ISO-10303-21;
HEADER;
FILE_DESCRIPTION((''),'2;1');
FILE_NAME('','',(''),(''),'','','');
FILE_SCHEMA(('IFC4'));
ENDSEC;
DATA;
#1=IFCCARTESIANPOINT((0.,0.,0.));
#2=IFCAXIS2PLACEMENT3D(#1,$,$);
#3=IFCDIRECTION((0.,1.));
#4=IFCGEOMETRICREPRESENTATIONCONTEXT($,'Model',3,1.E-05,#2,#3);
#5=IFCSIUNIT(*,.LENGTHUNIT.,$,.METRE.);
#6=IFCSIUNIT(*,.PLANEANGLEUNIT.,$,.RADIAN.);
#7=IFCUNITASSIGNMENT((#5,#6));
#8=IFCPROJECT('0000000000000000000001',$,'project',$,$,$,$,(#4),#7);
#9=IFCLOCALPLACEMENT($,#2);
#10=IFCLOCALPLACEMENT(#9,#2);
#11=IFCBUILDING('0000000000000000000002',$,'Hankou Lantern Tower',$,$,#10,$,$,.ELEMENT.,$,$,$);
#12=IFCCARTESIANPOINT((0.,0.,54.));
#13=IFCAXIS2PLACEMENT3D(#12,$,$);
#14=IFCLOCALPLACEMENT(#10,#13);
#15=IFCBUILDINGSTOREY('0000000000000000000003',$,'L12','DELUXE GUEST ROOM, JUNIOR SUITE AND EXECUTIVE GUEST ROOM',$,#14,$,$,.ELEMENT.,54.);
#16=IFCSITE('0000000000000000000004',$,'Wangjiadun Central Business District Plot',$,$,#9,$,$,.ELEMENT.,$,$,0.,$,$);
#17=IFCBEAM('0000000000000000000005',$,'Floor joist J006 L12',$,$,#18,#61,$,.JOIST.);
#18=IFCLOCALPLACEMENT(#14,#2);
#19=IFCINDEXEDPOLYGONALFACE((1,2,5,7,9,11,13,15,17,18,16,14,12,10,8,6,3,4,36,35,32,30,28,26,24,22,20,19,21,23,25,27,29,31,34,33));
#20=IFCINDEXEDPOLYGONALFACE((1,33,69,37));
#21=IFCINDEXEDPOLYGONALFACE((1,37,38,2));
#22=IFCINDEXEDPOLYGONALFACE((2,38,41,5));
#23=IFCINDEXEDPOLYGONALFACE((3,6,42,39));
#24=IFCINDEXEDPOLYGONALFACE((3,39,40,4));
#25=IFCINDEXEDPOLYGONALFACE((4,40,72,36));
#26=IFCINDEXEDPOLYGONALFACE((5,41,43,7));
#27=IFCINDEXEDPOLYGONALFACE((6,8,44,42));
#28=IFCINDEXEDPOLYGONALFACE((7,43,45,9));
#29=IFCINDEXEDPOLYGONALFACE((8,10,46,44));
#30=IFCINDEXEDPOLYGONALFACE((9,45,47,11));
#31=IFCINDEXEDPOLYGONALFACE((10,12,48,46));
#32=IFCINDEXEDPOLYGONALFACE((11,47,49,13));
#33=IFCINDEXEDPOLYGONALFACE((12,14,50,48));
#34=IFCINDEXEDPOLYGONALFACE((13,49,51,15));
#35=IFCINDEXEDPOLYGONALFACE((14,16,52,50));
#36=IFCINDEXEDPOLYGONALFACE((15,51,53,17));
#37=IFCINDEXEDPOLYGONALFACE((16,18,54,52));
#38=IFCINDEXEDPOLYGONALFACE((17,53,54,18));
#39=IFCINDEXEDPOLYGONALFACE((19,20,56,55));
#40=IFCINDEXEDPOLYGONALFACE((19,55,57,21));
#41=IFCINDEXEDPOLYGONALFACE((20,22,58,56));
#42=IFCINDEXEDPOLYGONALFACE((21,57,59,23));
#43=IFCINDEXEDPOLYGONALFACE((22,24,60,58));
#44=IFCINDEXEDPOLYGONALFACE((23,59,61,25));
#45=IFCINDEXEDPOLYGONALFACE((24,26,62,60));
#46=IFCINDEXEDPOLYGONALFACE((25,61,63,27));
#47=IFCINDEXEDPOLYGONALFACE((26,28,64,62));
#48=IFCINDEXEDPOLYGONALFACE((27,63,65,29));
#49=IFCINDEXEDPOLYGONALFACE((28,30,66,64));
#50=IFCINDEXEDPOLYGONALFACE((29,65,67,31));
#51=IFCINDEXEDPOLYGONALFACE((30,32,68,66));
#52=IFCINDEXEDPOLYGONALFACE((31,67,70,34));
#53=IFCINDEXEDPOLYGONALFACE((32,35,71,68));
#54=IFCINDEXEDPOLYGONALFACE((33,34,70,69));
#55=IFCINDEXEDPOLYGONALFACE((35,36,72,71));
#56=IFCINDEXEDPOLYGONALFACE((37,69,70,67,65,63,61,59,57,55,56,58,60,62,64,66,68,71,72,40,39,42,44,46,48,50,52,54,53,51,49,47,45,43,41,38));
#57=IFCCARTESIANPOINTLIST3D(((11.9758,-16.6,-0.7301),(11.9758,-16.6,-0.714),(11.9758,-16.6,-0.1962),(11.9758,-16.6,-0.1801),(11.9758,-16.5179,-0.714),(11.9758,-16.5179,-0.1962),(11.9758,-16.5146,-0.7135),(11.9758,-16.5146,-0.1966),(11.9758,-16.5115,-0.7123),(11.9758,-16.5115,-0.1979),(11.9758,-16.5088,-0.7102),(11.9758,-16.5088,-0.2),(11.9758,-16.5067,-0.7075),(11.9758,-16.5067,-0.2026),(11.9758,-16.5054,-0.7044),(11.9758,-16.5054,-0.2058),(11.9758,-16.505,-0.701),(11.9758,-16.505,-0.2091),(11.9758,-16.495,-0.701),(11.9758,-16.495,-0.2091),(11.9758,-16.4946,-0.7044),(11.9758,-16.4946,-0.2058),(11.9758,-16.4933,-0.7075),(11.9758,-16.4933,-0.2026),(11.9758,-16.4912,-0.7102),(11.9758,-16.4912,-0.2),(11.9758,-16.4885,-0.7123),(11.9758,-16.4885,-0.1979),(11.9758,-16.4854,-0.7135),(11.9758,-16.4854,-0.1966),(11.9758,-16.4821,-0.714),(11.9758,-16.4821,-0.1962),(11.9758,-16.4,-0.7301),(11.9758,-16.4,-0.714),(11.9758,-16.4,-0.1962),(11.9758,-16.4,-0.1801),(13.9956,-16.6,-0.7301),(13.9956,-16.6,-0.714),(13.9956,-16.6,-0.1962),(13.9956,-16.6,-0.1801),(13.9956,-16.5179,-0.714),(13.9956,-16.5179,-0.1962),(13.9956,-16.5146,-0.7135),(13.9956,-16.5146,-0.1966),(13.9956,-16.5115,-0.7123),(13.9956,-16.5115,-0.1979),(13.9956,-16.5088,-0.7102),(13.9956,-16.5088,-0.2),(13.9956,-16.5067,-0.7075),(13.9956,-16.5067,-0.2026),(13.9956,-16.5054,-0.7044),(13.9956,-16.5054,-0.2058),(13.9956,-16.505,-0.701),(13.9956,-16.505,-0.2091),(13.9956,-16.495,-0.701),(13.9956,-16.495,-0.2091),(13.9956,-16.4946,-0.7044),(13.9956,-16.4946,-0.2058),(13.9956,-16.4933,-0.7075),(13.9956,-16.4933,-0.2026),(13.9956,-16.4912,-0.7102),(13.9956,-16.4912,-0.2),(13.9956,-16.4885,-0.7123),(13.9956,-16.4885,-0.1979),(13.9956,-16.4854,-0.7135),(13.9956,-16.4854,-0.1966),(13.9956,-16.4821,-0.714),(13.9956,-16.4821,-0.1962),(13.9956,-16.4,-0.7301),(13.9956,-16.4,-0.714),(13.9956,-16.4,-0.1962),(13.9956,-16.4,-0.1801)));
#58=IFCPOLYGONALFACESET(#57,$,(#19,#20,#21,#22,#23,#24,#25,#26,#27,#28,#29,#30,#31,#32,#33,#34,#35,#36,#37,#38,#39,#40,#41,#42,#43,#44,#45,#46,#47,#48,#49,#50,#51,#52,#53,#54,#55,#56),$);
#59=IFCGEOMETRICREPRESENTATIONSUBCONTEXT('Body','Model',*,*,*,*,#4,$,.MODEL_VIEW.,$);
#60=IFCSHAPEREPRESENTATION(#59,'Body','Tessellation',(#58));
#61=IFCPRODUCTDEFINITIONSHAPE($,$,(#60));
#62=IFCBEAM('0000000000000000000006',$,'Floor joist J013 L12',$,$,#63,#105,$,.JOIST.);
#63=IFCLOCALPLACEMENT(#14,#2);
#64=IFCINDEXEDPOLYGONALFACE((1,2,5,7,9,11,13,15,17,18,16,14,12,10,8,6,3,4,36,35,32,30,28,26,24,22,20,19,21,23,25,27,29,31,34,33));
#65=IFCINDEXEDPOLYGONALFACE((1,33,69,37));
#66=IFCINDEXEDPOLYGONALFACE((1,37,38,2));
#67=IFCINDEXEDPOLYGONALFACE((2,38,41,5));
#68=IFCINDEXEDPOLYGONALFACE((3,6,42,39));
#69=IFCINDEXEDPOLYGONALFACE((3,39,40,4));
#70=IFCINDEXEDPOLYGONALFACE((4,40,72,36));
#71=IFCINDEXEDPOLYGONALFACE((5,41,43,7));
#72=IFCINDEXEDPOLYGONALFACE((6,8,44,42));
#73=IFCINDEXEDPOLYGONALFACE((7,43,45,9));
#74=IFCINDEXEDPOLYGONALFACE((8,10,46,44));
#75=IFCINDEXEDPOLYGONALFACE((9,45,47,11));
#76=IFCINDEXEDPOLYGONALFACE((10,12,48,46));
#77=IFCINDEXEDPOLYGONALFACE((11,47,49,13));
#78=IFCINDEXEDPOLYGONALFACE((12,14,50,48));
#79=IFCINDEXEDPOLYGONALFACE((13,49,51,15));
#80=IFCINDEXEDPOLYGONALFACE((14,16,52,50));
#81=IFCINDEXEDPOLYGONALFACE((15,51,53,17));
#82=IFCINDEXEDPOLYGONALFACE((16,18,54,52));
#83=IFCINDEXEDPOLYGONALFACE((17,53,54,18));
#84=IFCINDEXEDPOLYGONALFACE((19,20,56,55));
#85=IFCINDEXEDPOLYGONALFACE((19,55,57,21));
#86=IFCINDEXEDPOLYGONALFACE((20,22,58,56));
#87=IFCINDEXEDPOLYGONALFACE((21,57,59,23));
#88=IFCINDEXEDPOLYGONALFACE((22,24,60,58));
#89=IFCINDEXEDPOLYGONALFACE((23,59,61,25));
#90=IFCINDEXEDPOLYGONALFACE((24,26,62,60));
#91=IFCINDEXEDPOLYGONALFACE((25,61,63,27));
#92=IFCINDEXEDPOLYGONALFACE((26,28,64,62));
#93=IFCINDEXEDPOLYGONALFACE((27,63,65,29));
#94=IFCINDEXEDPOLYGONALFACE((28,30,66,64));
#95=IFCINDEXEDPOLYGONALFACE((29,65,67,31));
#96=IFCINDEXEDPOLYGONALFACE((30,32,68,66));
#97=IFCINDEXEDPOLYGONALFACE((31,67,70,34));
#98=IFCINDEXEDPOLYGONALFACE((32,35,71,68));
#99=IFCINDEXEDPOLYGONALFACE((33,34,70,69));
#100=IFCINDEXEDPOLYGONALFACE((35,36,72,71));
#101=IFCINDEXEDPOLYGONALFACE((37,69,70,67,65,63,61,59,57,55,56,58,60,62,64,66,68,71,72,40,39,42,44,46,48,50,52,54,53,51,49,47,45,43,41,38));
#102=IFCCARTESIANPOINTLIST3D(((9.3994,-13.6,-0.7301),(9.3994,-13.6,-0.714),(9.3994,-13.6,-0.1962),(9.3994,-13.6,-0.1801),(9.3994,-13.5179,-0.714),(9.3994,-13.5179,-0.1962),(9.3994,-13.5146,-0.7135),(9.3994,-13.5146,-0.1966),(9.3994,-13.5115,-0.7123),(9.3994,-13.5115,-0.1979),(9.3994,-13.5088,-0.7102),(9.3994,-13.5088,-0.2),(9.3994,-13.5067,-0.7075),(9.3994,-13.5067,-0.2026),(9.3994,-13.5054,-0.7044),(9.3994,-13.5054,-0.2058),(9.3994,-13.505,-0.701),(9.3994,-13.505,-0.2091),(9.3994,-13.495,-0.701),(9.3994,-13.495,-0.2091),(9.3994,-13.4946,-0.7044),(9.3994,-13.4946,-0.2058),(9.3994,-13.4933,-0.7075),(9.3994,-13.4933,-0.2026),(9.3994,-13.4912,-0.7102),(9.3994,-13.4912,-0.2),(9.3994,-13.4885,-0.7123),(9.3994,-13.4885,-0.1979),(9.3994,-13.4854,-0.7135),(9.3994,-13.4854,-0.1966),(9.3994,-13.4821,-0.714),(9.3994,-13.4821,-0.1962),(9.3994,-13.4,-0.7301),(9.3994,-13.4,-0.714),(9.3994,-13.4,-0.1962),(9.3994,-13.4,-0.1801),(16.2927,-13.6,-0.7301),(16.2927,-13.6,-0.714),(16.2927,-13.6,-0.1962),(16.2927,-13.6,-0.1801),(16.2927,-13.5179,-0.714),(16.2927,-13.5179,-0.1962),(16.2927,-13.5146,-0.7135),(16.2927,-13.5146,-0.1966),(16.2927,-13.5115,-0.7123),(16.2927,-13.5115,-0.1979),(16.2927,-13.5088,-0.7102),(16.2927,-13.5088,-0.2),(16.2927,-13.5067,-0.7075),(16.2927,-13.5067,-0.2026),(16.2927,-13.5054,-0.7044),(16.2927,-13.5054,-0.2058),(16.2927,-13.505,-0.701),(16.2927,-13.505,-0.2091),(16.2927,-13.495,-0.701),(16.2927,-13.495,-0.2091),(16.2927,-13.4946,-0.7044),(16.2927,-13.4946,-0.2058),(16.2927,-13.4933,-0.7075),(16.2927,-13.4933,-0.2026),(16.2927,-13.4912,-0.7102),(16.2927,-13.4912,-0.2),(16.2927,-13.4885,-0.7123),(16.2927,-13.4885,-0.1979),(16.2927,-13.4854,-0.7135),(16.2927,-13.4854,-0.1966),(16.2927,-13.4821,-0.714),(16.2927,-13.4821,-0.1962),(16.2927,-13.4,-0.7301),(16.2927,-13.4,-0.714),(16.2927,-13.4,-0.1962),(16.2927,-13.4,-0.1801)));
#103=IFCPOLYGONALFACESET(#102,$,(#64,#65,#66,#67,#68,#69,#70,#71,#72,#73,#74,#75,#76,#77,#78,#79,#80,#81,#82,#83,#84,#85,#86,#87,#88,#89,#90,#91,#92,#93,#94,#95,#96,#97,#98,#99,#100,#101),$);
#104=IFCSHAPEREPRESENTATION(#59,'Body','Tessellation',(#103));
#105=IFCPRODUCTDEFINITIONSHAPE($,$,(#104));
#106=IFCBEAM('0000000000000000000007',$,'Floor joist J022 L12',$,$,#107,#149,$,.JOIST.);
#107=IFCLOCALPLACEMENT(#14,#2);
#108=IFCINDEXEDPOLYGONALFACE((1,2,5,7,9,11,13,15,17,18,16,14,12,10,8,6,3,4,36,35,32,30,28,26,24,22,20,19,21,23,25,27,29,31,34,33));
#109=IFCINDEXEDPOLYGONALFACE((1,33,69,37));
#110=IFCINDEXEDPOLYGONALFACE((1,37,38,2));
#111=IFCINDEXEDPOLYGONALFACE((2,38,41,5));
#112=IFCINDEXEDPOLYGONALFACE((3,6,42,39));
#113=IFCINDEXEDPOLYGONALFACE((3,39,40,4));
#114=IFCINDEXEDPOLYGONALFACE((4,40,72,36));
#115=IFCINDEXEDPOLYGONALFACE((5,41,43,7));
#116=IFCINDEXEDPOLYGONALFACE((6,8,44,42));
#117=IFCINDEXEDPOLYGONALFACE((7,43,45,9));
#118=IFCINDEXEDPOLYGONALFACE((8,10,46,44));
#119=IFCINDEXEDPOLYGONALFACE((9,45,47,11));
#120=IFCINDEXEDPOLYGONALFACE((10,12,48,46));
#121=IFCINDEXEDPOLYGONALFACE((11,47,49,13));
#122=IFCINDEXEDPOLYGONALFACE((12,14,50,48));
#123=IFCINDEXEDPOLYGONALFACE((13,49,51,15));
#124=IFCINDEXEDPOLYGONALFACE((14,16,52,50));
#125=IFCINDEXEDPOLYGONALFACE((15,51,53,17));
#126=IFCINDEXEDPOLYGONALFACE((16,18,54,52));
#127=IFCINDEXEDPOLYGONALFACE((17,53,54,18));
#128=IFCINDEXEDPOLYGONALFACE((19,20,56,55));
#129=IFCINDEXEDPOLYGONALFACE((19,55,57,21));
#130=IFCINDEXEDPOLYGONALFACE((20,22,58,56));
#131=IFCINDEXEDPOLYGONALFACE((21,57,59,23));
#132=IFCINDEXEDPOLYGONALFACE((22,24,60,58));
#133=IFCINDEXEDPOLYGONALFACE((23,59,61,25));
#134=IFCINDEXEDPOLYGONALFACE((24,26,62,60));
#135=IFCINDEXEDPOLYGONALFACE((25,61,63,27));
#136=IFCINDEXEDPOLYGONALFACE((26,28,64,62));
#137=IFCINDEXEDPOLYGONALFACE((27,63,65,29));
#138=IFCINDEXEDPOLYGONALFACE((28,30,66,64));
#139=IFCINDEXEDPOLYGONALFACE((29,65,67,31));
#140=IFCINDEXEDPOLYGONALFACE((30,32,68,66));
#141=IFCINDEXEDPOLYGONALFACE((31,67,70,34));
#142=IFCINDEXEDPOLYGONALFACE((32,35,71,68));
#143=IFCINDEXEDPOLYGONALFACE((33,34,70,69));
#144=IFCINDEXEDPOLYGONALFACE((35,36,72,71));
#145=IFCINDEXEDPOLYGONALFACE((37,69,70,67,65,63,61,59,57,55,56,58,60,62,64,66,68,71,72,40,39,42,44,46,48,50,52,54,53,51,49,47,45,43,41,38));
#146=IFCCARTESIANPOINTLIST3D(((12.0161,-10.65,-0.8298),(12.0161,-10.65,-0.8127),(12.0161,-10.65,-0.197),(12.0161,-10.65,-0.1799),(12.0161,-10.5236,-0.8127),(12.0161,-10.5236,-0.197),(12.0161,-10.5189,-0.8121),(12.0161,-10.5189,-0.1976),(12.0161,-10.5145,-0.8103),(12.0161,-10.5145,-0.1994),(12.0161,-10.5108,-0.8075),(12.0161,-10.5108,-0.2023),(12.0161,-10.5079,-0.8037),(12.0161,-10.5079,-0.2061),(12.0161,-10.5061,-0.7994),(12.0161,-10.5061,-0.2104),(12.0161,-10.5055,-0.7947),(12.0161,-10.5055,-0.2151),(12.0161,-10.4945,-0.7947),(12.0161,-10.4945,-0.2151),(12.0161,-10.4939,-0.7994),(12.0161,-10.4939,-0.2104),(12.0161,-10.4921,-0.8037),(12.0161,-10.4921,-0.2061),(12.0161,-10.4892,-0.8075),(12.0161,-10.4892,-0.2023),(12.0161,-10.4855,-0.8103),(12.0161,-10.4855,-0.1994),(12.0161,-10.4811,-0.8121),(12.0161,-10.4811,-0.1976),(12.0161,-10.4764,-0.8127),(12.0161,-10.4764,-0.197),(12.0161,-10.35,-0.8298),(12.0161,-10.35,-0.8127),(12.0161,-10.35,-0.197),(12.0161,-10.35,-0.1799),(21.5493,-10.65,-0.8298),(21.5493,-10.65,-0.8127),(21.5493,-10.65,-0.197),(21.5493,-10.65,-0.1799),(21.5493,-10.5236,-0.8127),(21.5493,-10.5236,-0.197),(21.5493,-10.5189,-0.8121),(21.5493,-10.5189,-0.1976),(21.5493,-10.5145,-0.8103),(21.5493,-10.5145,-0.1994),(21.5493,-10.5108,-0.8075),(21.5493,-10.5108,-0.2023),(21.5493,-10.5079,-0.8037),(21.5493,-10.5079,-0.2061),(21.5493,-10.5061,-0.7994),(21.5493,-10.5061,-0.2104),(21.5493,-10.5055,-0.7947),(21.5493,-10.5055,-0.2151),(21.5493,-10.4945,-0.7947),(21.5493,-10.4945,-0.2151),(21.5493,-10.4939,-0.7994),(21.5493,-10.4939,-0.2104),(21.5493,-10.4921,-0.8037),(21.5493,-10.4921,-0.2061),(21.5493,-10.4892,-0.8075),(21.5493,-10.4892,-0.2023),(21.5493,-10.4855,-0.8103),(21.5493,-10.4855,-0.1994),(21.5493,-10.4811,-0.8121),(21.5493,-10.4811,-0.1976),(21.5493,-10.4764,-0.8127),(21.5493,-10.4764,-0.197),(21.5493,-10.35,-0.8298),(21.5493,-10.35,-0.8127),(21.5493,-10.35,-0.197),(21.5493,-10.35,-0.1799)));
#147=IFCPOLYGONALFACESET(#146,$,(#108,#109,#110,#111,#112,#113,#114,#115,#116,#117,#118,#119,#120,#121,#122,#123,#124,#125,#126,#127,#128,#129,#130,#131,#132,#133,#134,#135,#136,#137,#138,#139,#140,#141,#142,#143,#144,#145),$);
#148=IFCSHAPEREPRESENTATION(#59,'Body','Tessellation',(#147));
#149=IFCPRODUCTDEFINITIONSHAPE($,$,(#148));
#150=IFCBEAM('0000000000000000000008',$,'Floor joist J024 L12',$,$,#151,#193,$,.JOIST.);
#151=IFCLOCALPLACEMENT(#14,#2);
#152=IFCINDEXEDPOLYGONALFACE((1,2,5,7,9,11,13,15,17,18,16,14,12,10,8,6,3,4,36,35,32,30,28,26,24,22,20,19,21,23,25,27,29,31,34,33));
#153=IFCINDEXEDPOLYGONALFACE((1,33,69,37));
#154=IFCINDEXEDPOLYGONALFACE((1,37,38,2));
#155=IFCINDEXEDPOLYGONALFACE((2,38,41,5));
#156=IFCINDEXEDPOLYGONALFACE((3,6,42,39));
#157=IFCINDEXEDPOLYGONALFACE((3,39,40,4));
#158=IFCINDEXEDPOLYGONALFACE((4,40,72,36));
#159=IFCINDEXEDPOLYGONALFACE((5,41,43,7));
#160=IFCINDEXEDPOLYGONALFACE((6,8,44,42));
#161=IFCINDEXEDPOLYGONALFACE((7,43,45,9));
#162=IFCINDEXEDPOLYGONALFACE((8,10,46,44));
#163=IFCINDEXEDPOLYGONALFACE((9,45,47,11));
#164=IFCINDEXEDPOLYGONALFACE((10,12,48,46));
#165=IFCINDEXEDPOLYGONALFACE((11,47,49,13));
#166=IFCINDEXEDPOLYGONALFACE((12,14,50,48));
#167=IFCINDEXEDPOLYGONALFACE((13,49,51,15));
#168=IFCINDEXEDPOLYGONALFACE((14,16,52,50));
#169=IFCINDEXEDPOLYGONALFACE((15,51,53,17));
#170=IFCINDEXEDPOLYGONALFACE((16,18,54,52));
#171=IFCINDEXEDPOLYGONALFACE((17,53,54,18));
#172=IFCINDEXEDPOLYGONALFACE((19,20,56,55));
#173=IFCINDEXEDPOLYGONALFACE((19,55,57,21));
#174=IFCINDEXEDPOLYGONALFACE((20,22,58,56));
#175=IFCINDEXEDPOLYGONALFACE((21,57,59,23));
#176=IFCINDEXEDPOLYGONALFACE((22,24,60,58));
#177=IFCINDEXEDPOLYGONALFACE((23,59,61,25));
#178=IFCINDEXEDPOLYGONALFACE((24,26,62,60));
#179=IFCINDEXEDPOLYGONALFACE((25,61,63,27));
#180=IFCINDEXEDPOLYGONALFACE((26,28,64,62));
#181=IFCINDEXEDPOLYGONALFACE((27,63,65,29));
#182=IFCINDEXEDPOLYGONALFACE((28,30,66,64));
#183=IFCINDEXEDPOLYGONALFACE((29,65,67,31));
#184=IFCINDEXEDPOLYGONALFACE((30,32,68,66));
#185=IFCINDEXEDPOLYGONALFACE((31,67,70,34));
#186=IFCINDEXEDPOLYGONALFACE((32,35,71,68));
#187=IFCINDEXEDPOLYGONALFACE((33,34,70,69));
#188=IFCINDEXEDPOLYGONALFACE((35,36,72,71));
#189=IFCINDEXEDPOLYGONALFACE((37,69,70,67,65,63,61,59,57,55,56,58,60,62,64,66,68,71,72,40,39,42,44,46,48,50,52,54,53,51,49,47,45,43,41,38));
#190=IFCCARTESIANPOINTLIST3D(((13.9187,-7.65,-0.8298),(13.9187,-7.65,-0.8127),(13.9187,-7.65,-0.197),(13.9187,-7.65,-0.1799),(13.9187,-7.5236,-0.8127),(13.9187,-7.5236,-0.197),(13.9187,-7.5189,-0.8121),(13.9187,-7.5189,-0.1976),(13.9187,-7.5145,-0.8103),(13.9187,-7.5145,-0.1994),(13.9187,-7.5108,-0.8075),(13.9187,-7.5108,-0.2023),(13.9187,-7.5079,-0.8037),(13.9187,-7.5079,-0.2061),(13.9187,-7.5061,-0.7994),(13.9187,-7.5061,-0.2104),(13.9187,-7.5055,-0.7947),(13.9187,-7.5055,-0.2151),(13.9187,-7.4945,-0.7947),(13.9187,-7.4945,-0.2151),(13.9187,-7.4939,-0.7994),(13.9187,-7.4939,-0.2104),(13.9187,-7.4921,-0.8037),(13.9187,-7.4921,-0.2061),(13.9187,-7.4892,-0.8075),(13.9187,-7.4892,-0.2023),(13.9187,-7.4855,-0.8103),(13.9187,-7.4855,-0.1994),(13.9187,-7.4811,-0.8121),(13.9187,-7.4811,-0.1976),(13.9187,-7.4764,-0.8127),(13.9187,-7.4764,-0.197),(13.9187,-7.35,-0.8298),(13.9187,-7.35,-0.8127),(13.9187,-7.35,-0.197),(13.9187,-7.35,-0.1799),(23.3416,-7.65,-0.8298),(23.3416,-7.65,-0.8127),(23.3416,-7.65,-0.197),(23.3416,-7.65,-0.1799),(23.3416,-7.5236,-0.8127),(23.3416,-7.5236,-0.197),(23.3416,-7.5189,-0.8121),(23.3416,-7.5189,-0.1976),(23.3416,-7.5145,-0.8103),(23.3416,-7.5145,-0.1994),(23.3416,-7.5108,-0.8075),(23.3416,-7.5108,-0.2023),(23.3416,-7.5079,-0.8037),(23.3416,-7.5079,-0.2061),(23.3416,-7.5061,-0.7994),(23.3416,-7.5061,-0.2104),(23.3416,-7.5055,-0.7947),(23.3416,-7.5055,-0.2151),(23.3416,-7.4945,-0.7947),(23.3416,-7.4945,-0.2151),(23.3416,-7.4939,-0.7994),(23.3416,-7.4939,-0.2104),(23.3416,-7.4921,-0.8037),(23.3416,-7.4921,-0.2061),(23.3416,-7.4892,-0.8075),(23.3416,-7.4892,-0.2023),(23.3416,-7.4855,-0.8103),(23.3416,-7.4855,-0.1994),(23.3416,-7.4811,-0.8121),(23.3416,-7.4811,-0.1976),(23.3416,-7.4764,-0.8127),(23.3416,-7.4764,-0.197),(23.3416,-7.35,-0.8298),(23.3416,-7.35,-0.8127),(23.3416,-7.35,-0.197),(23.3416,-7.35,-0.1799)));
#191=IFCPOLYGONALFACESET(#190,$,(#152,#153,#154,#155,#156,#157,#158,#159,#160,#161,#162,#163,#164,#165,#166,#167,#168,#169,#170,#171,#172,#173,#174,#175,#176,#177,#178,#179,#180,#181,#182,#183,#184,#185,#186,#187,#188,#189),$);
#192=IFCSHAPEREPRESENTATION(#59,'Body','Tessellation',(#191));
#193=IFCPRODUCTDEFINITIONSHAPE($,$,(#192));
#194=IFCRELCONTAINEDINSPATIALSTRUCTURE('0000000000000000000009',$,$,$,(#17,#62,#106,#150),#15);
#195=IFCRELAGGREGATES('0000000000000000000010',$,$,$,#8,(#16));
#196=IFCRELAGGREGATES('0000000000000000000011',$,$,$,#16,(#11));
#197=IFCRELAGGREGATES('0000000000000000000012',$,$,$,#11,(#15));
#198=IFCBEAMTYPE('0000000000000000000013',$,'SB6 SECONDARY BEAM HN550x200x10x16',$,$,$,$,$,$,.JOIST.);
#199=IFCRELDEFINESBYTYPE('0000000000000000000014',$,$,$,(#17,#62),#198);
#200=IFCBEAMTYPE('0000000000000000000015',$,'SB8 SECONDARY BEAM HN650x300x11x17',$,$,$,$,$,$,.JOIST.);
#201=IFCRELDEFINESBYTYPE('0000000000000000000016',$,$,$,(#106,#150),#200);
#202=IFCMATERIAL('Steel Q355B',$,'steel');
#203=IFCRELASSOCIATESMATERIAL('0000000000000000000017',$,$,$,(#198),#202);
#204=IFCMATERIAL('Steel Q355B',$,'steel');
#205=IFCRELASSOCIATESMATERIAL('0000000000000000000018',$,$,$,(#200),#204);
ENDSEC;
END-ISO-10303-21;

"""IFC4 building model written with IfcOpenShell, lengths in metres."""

from ifc_helpers import new_model, si_unit, direction, frame, origin, origin_2d, place, context, subcontext, project, spatial, i_section, extrude, material, material_profile, profile_set, type_object, element, save


model = new_model("IFC4")

# Units and contexts
model_context = context("Model", 3, precision=1e-05, world=origin(), true_north=direction((0.0, 1.0)))
body_context = subcontext(model_context, "Body", "Model", "MODEL_VIEW")
ifc_project = project(units=[si_unit("LENGTHUNIT", "METRE"), si_unit("PLANEANGLEUNIT", "RADIAN")], contexts=[model_context])

# Site, building, storey
site_placement = place(None, origin())
site = spatial("IfcSite", under=ifc_project, at=site_placement, Name="Wangjiadun Central Business District Plot", CompositionType="ELEMENT", RefElevation=0.0)
building_placement = place(site_placement, origin())
building = spatial("IfcBuilding", under=site, at=building_placement, Name="Hankou Lantern Tower", CompositionType="ELEMENT")
storey_placement = place(building_placement, frame((0.0, 0.0, 54.0)))
storey = spatial("IfcBuildingStorey", under=building, at=storey_placement, Name="L12", Description="DELUXE GUEST ROOM, JUNIOR SUITE AND EXECUTIVE GUEST ROOM", CompositionType="ELEMENT", Elevation=54.0)

# Beams
ifc_material_1 = material(Name="Steel Q355B", Category="steel")
ifc_material_profile_1 = material_profile(ifc_material_1, i_section(OverallWidth=0.2, OverallDepth=0.55, WebThickness=0.01, FlangeThickness=0.0161, FilletRadius=0.0129, at=origin_2d()), Name="HN550x200x10x16")
ifc_profile_set_1 = profile_set([ifc_material_profile_1], Name="Steel Q355B")
beam_type_1 = type_object("IfcBeamType", Name="SB6 SECONDARY BEAM HN550x200x10x16", PredefinedType="JOIST", material=ifc_profile_set_1)
beam_1_placement = place(storey_placement, frame((11.9758, -16.5, -0.4551), z_axis=(1.0, 0.0, 0.0), x_axis=(0.0, 1.0, 0.0)))
element("IfcBeam", 1, at=beam_1_placement, inside=storey, type_object=beam_type_1, Name="Floor joist J006 L12", PredefinedType="JOIST", context=body_context, shape_type="SweptSolid", body=[
    extrude(i_section(OverallWidth=0.2, OverallDepth=0.55, WebThickness=0.01, FlangeThickness=0.0161, FilletRadius=0.0129, at=origin_2d()), origin(), (0.0, 0.0, 1.0), 2.0198),
])
beam_2_placement = place(storey_placement, frame((9.3994, -13.5, -0.4551), z_axis=(1.0, 0.0, 0.0), x_axis=(0.0, 1.0, 0.0)))
element("IfcBeam", 2, at=beam_2_placement, inside=storey, type_object=beam_type_1, Name="Floor joist J013 L12", PredefinedType="JOIST", context=body_context, shape_type="SweptSolid", body=[
    extrude(i_section(OverallWidth=0.2, OverallDepth=0.55, WebThickness=0.01, FlangeThickness=0.0161, FilletRadius=0.0129, at=origin_2d()), origin(), (0.0, 0.0, 1.0), 6.8933),
])
ifc_material_2 = material(Name="Steel Q355B", Category="steel")
ifc_material_profile_2 = material_profile(ifc_material_2, i_section(OverallWidth=0.3, OverallDepth=0.6499, WebThickness=0.011, FlangeThickness=0.0171, FilletRadius=0.0181, at=origin_2d()), Name="HN650x300x11x17")
ifc_profile_set_2 = profile_set([ifc_material_profile_2], Name="Steel Q355B")
beam_type_2 = type_object("IfcBeamType", Name="SB8 SECONDARY BEAM HN650x300x11x17", PredefinedType="JOIST", material=ifc_profile_set_2)
beam_3_placement = place(storey_placement, frame((12.0161, -10.5, -0.5049), z_axis=(1.0, 0.0, 0.0), x_axis=(0.0, 1.0, 0.0)))
element("IfcBeam", 3, at=beam_3_placement, inside=storey, type_object=beam_type_2, Name="Floor joist J022 L12", PredefinedType="JOIST", context=body_context, shape_type="SweptSolid", body=[
    extrude(i_section(OverallWidth=0.3, OverallDepth=0.6499, WebThickness=0.011, FlangeThickness=0.0171, FilletRadius=0.0181, at=origin_2d()), origin(), (0.0, 0.0, 1.0), 9.5332),
])
beam_4_placement = place(storey_placement, frame((13.9187, -7.5, -0.5049), z_axis=(1.0, 0.0, 0.0), x_axis=(0.0, 1.0, 0.0)))
element("IfcBeam", 4, at=beam_4_placement, inside=storey, type_object=beam_type_2, Name="Floor joist J024 L12", PredefinedType="JOIST", context=body_context, shape_type="SweptSolid", body=[
    extrude(i_section(OverallWidth=0.3, OverallDepth=0.6499, WebThickness=0.011, FlangeThickness=0.0171, FilletRadius=0.0181, at=origin_2d()), origin(), (0.0, 0.0, 1.0), 9.4229),
])

save(model, "model.ifc")
